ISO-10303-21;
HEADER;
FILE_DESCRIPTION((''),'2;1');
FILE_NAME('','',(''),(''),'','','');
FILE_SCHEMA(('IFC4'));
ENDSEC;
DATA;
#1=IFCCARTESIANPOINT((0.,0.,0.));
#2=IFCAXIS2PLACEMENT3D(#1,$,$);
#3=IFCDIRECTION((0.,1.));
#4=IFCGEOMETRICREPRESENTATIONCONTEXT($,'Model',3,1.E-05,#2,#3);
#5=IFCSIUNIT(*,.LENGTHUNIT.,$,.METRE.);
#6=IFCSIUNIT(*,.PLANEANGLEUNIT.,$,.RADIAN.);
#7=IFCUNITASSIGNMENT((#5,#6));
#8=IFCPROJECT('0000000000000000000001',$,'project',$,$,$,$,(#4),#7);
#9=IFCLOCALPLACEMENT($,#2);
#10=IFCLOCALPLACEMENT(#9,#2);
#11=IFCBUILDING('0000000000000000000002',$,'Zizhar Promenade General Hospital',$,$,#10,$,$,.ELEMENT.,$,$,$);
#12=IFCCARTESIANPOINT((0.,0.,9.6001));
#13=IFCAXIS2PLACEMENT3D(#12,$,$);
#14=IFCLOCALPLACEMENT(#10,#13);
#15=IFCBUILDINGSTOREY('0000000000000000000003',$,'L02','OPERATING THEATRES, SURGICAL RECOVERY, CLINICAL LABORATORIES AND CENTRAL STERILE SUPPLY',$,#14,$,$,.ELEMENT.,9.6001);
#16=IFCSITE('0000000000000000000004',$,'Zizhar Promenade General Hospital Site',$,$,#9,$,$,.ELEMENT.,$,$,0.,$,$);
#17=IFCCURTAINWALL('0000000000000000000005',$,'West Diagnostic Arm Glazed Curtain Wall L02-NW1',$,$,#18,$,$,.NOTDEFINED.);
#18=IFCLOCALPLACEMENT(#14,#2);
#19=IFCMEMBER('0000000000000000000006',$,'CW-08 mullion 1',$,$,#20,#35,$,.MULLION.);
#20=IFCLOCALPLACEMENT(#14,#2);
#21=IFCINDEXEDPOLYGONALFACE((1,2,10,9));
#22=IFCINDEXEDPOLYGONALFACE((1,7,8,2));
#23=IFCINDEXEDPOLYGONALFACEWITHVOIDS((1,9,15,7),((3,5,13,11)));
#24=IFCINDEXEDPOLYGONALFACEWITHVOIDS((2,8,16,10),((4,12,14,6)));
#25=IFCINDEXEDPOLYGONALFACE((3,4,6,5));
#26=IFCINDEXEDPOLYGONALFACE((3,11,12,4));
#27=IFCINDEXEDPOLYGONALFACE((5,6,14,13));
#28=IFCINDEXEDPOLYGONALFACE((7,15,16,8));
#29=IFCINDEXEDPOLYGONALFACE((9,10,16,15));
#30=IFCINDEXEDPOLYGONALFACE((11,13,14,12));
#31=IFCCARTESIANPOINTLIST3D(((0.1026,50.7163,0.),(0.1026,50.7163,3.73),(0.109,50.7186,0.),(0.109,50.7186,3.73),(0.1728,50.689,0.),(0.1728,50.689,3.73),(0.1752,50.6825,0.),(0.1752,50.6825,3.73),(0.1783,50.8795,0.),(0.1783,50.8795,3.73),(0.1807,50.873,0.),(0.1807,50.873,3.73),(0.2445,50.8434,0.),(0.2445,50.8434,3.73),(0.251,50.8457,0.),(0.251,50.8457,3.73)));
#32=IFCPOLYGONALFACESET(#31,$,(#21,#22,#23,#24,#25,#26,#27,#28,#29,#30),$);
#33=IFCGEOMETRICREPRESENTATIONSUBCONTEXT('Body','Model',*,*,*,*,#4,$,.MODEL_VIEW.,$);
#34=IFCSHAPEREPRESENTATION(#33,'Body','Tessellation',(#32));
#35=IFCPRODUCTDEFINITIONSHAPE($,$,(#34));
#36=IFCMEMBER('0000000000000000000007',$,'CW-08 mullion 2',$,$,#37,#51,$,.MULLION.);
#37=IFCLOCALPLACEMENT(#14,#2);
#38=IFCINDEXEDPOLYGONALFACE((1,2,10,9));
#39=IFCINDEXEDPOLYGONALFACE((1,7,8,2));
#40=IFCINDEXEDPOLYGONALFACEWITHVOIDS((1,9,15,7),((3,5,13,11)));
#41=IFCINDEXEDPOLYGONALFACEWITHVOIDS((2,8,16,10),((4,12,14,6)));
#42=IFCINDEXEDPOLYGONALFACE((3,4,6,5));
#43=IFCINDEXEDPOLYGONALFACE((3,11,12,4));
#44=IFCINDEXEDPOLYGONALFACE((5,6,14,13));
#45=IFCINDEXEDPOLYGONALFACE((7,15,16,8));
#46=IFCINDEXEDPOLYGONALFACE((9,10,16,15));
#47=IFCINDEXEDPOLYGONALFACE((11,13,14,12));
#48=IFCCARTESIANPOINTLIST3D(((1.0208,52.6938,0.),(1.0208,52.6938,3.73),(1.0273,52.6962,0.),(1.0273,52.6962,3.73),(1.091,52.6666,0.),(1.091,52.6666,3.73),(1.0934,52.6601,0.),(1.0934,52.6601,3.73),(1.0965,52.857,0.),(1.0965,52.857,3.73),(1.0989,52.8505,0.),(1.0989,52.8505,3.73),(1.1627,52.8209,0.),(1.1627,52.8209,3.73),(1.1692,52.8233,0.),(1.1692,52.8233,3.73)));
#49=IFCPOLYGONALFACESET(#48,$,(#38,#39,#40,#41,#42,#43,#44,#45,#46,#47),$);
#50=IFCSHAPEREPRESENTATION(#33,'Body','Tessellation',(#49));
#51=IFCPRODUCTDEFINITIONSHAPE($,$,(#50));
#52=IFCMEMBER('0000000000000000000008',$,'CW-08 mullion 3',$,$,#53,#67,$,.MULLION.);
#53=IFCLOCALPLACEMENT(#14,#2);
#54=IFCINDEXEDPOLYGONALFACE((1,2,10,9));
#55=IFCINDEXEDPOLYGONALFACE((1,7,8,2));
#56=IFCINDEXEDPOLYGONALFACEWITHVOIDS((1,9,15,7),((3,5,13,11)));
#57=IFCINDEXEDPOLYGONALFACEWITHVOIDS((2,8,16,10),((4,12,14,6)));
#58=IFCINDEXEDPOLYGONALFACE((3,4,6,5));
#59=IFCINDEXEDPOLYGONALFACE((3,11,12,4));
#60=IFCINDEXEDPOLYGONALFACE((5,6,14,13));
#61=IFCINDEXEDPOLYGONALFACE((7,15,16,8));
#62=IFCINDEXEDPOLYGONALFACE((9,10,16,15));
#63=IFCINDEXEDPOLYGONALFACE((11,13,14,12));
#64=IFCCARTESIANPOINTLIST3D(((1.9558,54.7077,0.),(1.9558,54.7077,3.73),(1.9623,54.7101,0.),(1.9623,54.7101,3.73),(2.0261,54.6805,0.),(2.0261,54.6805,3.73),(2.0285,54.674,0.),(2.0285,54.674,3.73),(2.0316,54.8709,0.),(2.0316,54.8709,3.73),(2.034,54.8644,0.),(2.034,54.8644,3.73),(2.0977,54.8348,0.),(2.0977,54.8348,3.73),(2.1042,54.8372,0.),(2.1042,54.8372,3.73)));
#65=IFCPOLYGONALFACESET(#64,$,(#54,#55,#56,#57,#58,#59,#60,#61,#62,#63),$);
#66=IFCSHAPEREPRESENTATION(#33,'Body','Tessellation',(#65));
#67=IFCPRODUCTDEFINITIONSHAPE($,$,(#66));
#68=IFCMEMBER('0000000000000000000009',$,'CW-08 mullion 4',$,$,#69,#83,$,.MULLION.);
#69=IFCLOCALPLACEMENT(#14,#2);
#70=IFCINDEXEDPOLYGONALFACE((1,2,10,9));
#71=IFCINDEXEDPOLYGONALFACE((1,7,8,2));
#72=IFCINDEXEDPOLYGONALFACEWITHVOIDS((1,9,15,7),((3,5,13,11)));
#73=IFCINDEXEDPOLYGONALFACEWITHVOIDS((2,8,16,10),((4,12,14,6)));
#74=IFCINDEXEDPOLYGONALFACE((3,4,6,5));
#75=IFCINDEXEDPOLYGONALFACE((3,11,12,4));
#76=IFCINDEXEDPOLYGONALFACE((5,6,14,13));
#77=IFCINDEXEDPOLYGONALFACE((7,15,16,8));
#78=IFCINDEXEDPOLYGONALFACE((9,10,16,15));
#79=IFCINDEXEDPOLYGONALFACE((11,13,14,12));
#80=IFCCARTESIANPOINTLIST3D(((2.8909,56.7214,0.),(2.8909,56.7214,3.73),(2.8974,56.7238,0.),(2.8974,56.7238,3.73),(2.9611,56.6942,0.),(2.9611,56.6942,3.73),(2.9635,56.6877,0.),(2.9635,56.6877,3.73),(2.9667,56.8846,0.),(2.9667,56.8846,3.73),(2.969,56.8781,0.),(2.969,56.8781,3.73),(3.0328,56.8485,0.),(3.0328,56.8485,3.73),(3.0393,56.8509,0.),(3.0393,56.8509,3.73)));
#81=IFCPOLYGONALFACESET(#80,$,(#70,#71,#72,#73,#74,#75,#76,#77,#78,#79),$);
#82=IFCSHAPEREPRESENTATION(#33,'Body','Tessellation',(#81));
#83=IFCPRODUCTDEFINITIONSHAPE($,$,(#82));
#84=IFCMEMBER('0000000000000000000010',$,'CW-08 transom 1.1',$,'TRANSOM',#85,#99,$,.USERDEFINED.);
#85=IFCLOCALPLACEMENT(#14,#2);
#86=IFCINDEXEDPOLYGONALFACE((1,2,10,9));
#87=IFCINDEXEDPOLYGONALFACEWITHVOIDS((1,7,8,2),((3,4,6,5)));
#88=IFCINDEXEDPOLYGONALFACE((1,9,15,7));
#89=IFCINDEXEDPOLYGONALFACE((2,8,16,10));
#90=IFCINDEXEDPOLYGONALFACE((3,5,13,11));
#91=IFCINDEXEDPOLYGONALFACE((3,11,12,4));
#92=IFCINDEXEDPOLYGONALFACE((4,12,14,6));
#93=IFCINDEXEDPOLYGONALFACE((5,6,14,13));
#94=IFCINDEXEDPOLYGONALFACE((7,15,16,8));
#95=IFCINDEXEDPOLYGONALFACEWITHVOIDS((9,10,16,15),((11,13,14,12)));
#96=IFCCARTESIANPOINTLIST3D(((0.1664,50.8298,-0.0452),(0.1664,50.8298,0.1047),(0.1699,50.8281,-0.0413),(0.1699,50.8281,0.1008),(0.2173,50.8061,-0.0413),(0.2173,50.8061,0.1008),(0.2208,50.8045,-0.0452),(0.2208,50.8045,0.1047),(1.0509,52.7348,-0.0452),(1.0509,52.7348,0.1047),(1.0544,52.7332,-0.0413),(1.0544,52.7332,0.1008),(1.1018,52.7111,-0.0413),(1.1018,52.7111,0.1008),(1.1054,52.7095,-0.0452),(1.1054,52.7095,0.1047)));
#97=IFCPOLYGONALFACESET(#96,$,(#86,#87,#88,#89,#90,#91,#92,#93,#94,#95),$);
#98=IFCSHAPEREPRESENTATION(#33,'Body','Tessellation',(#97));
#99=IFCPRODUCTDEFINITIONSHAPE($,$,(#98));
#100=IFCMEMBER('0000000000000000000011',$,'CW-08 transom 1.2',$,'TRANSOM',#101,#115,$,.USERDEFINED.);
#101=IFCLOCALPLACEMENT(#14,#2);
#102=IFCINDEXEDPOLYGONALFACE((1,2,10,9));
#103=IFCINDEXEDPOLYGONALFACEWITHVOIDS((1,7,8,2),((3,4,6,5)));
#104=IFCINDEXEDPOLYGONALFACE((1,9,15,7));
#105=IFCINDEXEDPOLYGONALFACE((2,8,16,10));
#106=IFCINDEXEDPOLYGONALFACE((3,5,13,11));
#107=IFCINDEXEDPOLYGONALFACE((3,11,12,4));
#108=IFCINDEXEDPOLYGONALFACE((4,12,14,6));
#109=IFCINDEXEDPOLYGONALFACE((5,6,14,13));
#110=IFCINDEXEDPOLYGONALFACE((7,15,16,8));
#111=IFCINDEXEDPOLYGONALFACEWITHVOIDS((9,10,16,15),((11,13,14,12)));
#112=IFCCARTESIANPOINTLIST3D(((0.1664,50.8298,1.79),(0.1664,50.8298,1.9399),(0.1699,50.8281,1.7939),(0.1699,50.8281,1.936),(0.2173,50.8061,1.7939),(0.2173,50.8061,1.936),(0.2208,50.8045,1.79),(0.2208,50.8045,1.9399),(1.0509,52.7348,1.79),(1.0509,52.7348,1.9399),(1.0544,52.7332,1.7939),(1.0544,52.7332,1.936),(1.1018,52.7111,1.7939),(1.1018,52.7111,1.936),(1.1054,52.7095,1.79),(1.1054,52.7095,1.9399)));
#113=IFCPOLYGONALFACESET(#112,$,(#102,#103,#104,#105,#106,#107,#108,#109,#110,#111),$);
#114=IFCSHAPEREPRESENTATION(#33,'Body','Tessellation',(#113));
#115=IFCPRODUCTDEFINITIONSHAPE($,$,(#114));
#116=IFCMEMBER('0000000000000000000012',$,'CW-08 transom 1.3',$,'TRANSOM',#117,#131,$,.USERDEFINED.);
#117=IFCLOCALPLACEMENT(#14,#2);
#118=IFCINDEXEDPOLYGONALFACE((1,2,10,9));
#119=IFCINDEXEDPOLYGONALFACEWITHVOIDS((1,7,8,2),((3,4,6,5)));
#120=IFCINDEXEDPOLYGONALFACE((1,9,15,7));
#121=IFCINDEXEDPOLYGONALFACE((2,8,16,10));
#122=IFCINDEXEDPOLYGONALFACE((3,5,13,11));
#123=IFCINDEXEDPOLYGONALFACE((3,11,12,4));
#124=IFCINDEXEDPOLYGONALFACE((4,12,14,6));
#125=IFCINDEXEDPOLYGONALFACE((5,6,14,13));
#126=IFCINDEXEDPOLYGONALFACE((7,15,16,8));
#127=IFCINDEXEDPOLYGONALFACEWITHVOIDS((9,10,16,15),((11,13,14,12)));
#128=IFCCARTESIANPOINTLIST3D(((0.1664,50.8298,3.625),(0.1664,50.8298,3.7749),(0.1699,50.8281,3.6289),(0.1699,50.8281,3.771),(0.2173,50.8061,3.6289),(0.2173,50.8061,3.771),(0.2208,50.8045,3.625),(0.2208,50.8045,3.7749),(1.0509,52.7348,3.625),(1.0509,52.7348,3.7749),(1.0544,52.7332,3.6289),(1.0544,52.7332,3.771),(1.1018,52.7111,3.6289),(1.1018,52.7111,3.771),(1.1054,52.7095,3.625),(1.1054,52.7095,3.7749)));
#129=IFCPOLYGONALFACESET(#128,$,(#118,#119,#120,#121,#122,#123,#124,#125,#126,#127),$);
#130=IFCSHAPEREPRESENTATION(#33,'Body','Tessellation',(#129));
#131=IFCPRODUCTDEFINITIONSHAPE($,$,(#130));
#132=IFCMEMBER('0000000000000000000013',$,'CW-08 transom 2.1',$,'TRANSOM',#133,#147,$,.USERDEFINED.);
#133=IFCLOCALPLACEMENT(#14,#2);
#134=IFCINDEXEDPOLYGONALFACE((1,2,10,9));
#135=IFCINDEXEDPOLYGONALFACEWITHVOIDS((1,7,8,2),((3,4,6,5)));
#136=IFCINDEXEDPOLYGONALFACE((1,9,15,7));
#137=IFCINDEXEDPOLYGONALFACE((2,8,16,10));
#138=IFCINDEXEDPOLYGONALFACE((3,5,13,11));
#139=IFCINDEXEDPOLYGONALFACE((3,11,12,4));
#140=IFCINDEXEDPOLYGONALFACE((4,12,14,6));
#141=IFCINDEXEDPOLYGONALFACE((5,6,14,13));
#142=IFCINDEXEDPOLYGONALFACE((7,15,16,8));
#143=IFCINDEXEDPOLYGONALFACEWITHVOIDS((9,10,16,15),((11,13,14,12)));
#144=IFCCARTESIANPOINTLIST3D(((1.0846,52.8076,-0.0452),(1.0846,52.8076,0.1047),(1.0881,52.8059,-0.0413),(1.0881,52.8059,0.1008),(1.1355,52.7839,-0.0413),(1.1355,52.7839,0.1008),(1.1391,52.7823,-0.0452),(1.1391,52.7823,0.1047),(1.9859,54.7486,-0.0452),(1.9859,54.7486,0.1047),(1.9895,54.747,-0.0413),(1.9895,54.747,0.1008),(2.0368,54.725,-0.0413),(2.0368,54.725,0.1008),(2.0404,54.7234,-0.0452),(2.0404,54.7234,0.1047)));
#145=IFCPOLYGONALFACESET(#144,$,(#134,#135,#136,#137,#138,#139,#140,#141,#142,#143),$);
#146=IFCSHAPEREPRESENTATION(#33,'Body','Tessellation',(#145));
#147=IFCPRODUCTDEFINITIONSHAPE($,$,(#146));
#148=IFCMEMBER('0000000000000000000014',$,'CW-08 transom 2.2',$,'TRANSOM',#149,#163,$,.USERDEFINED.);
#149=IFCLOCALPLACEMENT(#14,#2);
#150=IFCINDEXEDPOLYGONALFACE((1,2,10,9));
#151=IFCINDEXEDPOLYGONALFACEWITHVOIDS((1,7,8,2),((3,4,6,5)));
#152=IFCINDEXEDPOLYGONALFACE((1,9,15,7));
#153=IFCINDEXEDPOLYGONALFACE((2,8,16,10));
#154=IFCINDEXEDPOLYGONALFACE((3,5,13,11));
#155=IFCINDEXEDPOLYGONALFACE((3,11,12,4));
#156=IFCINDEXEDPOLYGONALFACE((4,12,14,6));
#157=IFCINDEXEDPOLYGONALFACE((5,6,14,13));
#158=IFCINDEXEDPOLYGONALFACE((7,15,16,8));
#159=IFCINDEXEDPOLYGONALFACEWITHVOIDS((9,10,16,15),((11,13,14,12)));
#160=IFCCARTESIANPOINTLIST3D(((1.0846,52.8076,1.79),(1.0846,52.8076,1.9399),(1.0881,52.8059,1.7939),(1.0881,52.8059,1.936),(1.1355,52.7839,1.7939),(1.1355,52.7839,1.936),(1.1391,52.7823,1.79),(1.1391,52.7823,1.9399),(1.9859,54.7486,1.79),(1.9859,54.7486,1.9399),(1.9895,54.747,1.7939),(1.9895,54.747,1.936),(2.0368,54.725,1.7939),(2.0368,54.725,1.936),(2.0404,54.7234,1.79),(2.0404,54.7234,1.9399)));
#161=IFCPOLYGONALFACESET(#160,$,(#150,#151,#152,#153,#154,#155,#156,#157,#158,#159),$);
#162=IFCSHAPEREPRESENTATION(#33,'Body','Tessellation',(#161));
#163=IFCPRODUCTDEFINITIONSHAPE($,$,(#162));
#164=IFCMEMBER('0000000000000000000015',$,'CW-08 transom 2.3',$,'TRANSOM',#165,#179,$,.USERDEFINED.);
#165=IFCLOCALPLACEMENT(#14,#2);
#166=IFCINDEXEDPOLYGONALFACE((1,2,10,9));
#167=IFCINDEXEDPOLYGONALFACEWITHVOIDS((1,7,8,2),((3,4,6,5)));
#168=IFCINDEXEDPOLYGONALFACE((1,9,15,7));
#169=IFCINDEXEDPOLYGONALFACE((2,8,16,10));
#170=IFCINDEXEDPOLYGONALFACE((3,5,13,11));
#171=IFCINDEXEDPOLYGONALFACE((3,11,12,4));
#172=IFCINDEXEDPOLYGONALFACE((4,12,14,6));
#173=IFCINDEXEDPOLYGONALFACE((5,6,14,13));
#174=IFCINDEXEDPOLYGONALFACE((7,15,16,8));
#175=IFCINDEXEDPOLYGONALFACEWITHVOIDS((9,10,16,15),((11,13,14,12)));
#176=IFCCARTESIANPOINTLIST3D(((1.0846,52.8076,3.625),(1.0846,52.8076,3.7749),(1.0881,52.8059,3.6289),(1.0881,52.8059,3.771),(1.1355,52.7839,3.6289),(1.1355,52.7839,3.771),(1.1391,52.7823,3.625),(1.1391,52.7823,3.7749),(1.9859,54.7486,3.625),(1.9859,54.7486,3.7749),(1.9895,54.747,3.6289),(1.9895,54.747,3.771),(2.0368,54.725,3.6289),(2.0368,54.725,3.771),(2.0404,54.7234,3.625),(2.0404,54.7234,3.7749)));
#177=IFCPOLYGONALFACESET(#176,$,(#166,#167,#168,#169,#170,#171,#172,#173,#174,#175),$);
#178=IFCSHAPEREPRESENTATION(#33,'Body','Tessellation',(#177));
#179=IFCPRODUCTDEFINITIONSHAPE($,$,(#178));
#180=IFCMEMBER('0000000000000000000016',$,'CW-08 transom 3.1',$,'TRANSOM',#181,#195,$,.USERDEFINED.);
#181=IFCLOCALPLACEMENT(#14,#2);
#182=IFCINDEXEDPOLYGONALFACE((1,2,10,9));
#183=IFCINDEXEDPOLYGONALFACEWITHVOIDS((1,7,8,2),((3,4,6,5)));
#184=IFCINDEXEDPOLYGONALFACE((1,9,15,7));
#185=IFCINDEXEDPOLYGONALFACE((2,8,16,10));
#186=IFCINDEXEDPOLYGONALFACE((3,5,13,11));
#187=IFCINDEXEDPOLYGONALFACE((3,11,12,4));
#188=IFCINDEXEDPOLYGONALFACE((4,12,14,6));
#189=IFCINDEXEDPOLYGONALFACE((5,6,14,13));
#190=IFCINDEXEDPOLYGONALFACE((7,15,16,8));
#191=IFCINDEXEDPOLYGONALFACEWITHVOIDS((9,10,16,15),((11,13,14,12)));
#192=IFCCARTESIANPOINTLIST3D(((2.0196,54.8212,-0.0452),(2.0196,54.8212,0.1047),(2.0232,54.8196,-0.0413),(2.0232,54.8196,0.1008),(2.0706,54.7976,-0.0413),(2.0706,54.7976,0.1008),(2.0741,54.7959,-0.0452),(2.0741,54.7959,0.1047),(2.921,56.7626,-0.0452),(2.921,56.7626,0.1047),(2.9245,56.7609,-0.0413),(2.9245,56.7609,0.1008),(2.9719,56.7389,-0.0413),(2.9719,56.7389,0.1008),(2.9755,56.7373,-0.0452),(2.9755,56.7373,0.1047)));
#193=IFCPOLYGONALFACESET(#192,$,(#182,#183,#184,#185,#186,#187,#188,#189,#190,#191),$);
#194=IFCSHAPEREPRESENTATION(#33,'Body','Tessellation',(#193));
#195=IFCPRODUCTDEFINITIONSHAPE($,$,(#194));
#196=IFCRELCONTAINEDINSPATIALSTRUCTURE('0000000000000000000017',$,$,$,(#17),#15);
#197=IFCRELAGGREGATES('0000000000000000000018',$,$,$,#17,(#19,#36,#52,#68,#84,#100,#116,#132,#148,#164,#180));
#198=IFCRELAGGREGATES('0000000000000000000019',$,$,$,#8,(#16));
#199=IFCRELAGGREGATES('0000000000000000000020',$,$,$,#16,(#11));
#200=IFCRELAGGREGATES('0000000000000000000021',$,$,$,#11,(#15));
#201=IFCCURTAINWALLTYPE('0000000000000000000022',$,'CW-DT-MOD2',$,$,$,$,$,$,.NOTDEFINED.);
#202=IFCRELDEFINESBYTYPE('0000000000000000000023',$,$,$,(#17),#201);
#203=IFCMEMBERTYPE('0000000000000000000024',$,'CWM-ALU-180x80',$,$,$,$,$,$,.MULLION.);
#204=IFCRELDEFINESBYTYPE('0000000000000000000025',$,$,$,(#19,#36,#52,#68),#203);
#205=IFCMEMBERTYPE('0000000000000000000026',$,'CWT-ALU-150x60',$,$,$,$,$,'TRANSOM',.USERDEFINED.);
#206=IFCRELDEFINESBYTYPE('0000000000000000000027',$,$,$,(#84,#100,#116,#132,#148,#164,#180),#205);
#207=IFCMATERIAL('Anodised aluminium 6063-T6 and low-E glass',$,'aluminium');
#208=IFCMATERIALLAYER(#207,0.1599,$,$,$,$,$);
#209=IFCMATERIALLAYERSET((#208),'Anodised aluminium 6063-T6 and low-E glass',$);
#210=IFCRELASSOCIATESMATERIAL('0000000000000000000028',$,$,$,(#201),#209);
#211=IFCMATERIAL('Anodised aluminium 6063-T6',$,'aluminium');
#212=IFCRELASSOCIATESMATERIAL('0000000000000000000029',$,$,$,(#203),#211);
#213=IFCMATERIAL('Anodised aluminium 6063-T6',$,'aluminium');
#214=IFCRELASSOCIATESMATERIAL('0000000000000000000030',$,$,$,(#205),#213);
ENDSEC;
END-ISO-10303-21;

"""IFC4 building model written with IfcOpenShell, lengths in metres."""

from ifc_helpers import new_model, si_unit, direction, frame, origin, origin_2d, place, context, subcontext, project, spatial, hollow_rectangle, extrude, material, layer, layer_set, material_profile, profile_set, type_object, element, aggregate, save


model = new_model("IFC4")

# Units and contexts
model_context = context("Model", 3, precision=1e-05, world=origin(), true_north=direction((0.0, 1.0)))
body_context = subcontext(model_context, "Body", "Model", "MODEL_VIEW")
ifc_project = project(units=[si_unit("LENGTHUNIT", "METRE"), si_unit("PLANEANGLEUNIT", "RADIAN")], contexts=[model_context])

# Site, building, storey
site_placement = place(None, origin())
site = spatial("IfcSite", under=ifc_project, at=site_placement, Name="Zizhar Promenade General Hospital Site", CompositionType="ELEMENT", RefElevation=0.0)
building_placement = place(site_placement, origin())
building = spatial("IfcBuilding", under=site, at=building_placement, Name="Zizhar Promenade General Hospital", CompositionType="ELEMENT")
storey_placement = place(building_placement, frame((0.0, 0.0, 9.6001)))
storey = spatial("IfcBuildingStorey", under=building, at=storey_placement, Name="L02", Description="OPERATING THEATRES, SURGICAL RECOVERY, CLINICAL LABORATORIES AND CENTRAL STERILE SUPPLY", CompositionType="ELEMENT", Elevation=9.6001)

# Curtain wall, members
ifc_material_1 = material(Name="Anodised aluminium 6063-T6 and low-E glass", Category="aluminium")
ifc_layer_1 = layer(ifc_material_1, 0.1599)
ifc_layer_set_1 = layer_set([ifc_layer_1], Name="Anodised aluminium 6063-T6 and low-E glass")
curtain_wall_type = type_object("IfcCurtainWallType", Name="CW-DT-MOD2", PredefinedType="NOTDEFINED", material=ifc_layer_set_1)
curtain_wall_placement = place(storey_placement, origin())
curtain_wall = element("IfcCurtainWall", 1, at=curtain_wall_placement, inside=storey, type_object=curtain_wall_type, Name="West Diagnostic Arm Glazed Curtain Wall L02-NW1", PredefinedType="NOTDEFINED")
ifc_material_2 = material(Name="Anodised aluminium 6063-T6", Category="aluminium")
ifc_material_profile_1 = material_profile(ifc_material_2, hollow_rectangle(XDim=0.0801, YDim=0.1799, WallThickness=0.0049, at=origin_2d()))
ifc_profile_set_1 = profile_set([ifc_material_profile_1], Name="Anodised aluminium 6063-T6")
member_type_1 = type_object("IfcMemberType", Name="CWM-ALU-180x80", PredefinedType="MULLION", material=ifc_profile_set_1)
member_1_placement = place(storey_placement, frame((0.1768, 50.781, 0.0), z_axis=(0.0, 0.0, 1.0), x_axis=(-0.907007, 0.421115, 0.0)))
member_1 = element("IfcMember", 2, at=member_1_placement, type_object=member_type_1, Name="CW-08 mullion 1", PredefinedType="MULLION", context=body_context, shape_type="SweptSolid", body=[
    extrude(hollow_rectangle(XDim=0.0801, YDim=0.1799, WallThickness=0.0049, at=origin_2d()), origin(), (0.0, 0.0, 1.0), 3.73),
])
member_2_placement = place(storey_placement, frame((1.095, 52.7585, 0.0), z_axis=(0.0, 0.0, 1.0), x_axis=(-0.907007, 0.421115, 0.0)))
member_2 = element("IfcMember", 3, at=member_2_placement, type_object=member_type_1, Name="CW-08 mullion 2", PredefinedType="MULLION", context=body_context, shape_type="SweptSolid", body=[
    extrude(hollow_rectangle(XDim=0.0801, YDim=0.1799, WallThickness=0.0049, at=origin_2d()), origin(), (0.0, 0.0, 1.0), 3.73),
])
member_3_placement = place(storey_placement, frame((2.03, 54.7725, 0.0), z_axis=(0.0, 0.0, 1.0), x_axis=(-0.907007, 0.421115, 0.0)))
member_3 = element("IfcMember", 4, at=member_3_placement, type_object=member_type_1, Name="CW-08 mullion 3", PredefinedType="MULLION", context=body_context, shape_type="SweptSolid", body=[
    extrude(hollow_rectangle(XDim=0.0801, YDim=0.1799, WallThickness=0.0049, at=origin_2d()), origin(), (0.0, 0.0, 1.0), 3.73),
])
member_4_placement = place(storey_placement, frame((2.9651, 56.7861, 0.0), z_axis=(0.0, 0.0, 1.0), x_axis=(-0.907007, 0.421115, 0.0)))
member_4 = element("IfcMember", 5, at=member_4_placement, type_object=member_type_1, Name="CW-08 mullion 4", PredefinedType="MULLION", context=body_context, shape_type="SweptSolid", body=[
    extrude(hollow_rectangle(XDim=0.0801, YDim=0.1799, WallThickness=0.0049, at=origin_2d()), origin(), (0.0, 0.0, 1.0), 3.73),
])
ifc_material_3 = material(Name="Anodised aluminium 6063-T6", Category="aluminium")
ifc_material_profile_2 = material_profile(ifc_material_3, hollow_rectangle(XDim=0.0601, YDim=0.1499, WallThickness=0.0039, at=origin_2d()))
ifc_profile_set_2 = profile_set([ifc_material_profile_2], Name="Anodised aluminium 6063-T6")
member_type_2 = type_object("IfcMemberType", Name="CWT-ALU-150x60", ElementType="TRANSOM", PredefinedType="USERDEFINED", material=ifc_profile_set_2)
member_5_placement = place(storey_placement, frame((0.1936, 50.8171, 0.0298), z_axis=(0.421128, 0.907001, 0.0), x_axis=(-0.907001, 0.421128, 0.0)))
member_5 = element("IfcMember", 6, at=member_5_placement, type_object=member_type_2, Name="CW-08 transom 1.1", ObjectType="TRANSOM", PredefinedType="USERDEFINED", context=body_context, shape_type="SweptSolid", body=[
    extrude(hollow_rectangle(XDim=0.0601, YDim=0.1499, WallThickness=0.0039, at=origin_2d()), origin(), (0.0, 0.0, 1.0), 2.1003),
])
member_6_placement = place(storey_placement, frame((0.1936, 50.8171, 1.865), z_axis=(0.421128, 0.907001, 0.0), x_axis=(-0.907001, 0.421128, 0.0)))
member_6 = element("IfcMember", 7, at=member_6_placement, type_object=member_type_2, Name="CW-08 transom 1.2", ObjectType="TRANSOM", PredefinedType="USERDEFINED", context=body_context, shape_type="SweptSolid", body=[
    extrude(hollow_rectangle(XDim=0.0601, YDim=0.1499, WallThickness=0.0039, at=origin_2d()), origin(), (0.0, 0.0, 1.0), 2.1003),
])
member_7_placement = place(storey_placement, frame((0.1936, 50.8171, 3.7), z_axis=(0.421128, 0.907001, 0.0), x_axis=(-0.907001, 0.421128, 0.0)))
member_7 = element("IfcMember", 8, at=member_7_placement, type_object=member_type_2, Name="CW-08 transom 1.3", ObjectType="TRANSOM", PredefinedType="USERDEFINED", context=body_context, shape_type="SweptSolid", body=[
    extrude(hollow_rectangle(XDim=0.0601, YDim=0.1499, WallThickness=0.0039, at=origin_2d()), origin(), (0.0, 0.0, 1.0), 2.1003),
])
member_8_placement = place(storey_placement, frame((1.1118, 52.7949, 0.0298), z_axis=(0.421155, 0.906989, 0.0), x_axis=(-0.906989, 0.421155, 0.0)))
member_8 = element("IfcMember", 9, at=member_8_placement, type_object=member_type_2, Name="CW-08 transom 2.1", ObjectType="TRANSOM", PredefinedType="USERDEFINED", context=body_context, shape_type="SweptSolid", body=[
    extrude(hollow_rectangle(XDim=0.0601, YDim=0.1499, WallThickness=0.0039, at=origin_2d()), origin(), (0.0, 0.0, 1.0), 2.1401),
])
member_9_placement = place(storey_placement, frame((1.1118, 52.7949, 1.865), z_axis=(0.421155, 0.906989, 0.0), x_axis=(-0.906989, 0.421155, 0.0)))
member_9 = element("IfcMember", 10, at=member_9_placement, type_object=member_type_2, Name="CW-08 transom 2.2", ObjectType="TRANSOM", PredefinedType="USERDEFINED", context=body_context, shape_type="SweptSolid", body=[
    extrude(hollow_rectangle(XDim=0.0601, YDim=0.1499, WallThickness=0.0039, at=origin_2d()), origin(), (0.0, 0.0, 1.0), 2.1401),
])
member_10_placement = place(storey_placement, frame((1.1118, 52.7949, 3.7), z_axis=(0.421155, 0.906989, 0.0), x_axis=(-0.906989, 0.421155, 0.0)))
member_10 = element("IfcMember", 11, at=member_10_placement, type_object=member_type_2, Name="CW-08 transom 2.3", ObjectType="TRANSOM", PredefinedType="USERDEFINED", context=body_context, shape_type="SweptSolid", body=[
    extrude(hollow_rectangle(XDim=0.0601, YDim=0.1499, WallThickness=0.0039, at=origin_2d()), origin(), (0.0, 0.0, 1.0), 2.1401),
])
member_11_placement = place(storey_placement, frame((2.0469, 54.8086, 0.0298), z_axis=(0.421111, 0.907009, 0.0), x_axis=(-0.907009, 0.421111, 0.0)))
member_11 = element("IfcMember", 12, at=member_11_placement, type_object=member_type_2, Name="CW-08 transom 3.1", ObjectType="TRANSOM", PredefinedType="USERDEFINED", context=body_context, shape_type="SweptSolid", body=[
    extrude(hollow_rectangle(XDim=0.0601, YDim=0.1499, WallThickness=0.0039, at=origin_2d()), origin(), (0.0, 0.0, 1.0), 2.1404),
])
aggregate(curtain_wall, [member_1, member_2, member_3, member_4, member_5, member_6, member_7, member_8, member_9, member_10, member_11])

save(model, "model.ifc")
